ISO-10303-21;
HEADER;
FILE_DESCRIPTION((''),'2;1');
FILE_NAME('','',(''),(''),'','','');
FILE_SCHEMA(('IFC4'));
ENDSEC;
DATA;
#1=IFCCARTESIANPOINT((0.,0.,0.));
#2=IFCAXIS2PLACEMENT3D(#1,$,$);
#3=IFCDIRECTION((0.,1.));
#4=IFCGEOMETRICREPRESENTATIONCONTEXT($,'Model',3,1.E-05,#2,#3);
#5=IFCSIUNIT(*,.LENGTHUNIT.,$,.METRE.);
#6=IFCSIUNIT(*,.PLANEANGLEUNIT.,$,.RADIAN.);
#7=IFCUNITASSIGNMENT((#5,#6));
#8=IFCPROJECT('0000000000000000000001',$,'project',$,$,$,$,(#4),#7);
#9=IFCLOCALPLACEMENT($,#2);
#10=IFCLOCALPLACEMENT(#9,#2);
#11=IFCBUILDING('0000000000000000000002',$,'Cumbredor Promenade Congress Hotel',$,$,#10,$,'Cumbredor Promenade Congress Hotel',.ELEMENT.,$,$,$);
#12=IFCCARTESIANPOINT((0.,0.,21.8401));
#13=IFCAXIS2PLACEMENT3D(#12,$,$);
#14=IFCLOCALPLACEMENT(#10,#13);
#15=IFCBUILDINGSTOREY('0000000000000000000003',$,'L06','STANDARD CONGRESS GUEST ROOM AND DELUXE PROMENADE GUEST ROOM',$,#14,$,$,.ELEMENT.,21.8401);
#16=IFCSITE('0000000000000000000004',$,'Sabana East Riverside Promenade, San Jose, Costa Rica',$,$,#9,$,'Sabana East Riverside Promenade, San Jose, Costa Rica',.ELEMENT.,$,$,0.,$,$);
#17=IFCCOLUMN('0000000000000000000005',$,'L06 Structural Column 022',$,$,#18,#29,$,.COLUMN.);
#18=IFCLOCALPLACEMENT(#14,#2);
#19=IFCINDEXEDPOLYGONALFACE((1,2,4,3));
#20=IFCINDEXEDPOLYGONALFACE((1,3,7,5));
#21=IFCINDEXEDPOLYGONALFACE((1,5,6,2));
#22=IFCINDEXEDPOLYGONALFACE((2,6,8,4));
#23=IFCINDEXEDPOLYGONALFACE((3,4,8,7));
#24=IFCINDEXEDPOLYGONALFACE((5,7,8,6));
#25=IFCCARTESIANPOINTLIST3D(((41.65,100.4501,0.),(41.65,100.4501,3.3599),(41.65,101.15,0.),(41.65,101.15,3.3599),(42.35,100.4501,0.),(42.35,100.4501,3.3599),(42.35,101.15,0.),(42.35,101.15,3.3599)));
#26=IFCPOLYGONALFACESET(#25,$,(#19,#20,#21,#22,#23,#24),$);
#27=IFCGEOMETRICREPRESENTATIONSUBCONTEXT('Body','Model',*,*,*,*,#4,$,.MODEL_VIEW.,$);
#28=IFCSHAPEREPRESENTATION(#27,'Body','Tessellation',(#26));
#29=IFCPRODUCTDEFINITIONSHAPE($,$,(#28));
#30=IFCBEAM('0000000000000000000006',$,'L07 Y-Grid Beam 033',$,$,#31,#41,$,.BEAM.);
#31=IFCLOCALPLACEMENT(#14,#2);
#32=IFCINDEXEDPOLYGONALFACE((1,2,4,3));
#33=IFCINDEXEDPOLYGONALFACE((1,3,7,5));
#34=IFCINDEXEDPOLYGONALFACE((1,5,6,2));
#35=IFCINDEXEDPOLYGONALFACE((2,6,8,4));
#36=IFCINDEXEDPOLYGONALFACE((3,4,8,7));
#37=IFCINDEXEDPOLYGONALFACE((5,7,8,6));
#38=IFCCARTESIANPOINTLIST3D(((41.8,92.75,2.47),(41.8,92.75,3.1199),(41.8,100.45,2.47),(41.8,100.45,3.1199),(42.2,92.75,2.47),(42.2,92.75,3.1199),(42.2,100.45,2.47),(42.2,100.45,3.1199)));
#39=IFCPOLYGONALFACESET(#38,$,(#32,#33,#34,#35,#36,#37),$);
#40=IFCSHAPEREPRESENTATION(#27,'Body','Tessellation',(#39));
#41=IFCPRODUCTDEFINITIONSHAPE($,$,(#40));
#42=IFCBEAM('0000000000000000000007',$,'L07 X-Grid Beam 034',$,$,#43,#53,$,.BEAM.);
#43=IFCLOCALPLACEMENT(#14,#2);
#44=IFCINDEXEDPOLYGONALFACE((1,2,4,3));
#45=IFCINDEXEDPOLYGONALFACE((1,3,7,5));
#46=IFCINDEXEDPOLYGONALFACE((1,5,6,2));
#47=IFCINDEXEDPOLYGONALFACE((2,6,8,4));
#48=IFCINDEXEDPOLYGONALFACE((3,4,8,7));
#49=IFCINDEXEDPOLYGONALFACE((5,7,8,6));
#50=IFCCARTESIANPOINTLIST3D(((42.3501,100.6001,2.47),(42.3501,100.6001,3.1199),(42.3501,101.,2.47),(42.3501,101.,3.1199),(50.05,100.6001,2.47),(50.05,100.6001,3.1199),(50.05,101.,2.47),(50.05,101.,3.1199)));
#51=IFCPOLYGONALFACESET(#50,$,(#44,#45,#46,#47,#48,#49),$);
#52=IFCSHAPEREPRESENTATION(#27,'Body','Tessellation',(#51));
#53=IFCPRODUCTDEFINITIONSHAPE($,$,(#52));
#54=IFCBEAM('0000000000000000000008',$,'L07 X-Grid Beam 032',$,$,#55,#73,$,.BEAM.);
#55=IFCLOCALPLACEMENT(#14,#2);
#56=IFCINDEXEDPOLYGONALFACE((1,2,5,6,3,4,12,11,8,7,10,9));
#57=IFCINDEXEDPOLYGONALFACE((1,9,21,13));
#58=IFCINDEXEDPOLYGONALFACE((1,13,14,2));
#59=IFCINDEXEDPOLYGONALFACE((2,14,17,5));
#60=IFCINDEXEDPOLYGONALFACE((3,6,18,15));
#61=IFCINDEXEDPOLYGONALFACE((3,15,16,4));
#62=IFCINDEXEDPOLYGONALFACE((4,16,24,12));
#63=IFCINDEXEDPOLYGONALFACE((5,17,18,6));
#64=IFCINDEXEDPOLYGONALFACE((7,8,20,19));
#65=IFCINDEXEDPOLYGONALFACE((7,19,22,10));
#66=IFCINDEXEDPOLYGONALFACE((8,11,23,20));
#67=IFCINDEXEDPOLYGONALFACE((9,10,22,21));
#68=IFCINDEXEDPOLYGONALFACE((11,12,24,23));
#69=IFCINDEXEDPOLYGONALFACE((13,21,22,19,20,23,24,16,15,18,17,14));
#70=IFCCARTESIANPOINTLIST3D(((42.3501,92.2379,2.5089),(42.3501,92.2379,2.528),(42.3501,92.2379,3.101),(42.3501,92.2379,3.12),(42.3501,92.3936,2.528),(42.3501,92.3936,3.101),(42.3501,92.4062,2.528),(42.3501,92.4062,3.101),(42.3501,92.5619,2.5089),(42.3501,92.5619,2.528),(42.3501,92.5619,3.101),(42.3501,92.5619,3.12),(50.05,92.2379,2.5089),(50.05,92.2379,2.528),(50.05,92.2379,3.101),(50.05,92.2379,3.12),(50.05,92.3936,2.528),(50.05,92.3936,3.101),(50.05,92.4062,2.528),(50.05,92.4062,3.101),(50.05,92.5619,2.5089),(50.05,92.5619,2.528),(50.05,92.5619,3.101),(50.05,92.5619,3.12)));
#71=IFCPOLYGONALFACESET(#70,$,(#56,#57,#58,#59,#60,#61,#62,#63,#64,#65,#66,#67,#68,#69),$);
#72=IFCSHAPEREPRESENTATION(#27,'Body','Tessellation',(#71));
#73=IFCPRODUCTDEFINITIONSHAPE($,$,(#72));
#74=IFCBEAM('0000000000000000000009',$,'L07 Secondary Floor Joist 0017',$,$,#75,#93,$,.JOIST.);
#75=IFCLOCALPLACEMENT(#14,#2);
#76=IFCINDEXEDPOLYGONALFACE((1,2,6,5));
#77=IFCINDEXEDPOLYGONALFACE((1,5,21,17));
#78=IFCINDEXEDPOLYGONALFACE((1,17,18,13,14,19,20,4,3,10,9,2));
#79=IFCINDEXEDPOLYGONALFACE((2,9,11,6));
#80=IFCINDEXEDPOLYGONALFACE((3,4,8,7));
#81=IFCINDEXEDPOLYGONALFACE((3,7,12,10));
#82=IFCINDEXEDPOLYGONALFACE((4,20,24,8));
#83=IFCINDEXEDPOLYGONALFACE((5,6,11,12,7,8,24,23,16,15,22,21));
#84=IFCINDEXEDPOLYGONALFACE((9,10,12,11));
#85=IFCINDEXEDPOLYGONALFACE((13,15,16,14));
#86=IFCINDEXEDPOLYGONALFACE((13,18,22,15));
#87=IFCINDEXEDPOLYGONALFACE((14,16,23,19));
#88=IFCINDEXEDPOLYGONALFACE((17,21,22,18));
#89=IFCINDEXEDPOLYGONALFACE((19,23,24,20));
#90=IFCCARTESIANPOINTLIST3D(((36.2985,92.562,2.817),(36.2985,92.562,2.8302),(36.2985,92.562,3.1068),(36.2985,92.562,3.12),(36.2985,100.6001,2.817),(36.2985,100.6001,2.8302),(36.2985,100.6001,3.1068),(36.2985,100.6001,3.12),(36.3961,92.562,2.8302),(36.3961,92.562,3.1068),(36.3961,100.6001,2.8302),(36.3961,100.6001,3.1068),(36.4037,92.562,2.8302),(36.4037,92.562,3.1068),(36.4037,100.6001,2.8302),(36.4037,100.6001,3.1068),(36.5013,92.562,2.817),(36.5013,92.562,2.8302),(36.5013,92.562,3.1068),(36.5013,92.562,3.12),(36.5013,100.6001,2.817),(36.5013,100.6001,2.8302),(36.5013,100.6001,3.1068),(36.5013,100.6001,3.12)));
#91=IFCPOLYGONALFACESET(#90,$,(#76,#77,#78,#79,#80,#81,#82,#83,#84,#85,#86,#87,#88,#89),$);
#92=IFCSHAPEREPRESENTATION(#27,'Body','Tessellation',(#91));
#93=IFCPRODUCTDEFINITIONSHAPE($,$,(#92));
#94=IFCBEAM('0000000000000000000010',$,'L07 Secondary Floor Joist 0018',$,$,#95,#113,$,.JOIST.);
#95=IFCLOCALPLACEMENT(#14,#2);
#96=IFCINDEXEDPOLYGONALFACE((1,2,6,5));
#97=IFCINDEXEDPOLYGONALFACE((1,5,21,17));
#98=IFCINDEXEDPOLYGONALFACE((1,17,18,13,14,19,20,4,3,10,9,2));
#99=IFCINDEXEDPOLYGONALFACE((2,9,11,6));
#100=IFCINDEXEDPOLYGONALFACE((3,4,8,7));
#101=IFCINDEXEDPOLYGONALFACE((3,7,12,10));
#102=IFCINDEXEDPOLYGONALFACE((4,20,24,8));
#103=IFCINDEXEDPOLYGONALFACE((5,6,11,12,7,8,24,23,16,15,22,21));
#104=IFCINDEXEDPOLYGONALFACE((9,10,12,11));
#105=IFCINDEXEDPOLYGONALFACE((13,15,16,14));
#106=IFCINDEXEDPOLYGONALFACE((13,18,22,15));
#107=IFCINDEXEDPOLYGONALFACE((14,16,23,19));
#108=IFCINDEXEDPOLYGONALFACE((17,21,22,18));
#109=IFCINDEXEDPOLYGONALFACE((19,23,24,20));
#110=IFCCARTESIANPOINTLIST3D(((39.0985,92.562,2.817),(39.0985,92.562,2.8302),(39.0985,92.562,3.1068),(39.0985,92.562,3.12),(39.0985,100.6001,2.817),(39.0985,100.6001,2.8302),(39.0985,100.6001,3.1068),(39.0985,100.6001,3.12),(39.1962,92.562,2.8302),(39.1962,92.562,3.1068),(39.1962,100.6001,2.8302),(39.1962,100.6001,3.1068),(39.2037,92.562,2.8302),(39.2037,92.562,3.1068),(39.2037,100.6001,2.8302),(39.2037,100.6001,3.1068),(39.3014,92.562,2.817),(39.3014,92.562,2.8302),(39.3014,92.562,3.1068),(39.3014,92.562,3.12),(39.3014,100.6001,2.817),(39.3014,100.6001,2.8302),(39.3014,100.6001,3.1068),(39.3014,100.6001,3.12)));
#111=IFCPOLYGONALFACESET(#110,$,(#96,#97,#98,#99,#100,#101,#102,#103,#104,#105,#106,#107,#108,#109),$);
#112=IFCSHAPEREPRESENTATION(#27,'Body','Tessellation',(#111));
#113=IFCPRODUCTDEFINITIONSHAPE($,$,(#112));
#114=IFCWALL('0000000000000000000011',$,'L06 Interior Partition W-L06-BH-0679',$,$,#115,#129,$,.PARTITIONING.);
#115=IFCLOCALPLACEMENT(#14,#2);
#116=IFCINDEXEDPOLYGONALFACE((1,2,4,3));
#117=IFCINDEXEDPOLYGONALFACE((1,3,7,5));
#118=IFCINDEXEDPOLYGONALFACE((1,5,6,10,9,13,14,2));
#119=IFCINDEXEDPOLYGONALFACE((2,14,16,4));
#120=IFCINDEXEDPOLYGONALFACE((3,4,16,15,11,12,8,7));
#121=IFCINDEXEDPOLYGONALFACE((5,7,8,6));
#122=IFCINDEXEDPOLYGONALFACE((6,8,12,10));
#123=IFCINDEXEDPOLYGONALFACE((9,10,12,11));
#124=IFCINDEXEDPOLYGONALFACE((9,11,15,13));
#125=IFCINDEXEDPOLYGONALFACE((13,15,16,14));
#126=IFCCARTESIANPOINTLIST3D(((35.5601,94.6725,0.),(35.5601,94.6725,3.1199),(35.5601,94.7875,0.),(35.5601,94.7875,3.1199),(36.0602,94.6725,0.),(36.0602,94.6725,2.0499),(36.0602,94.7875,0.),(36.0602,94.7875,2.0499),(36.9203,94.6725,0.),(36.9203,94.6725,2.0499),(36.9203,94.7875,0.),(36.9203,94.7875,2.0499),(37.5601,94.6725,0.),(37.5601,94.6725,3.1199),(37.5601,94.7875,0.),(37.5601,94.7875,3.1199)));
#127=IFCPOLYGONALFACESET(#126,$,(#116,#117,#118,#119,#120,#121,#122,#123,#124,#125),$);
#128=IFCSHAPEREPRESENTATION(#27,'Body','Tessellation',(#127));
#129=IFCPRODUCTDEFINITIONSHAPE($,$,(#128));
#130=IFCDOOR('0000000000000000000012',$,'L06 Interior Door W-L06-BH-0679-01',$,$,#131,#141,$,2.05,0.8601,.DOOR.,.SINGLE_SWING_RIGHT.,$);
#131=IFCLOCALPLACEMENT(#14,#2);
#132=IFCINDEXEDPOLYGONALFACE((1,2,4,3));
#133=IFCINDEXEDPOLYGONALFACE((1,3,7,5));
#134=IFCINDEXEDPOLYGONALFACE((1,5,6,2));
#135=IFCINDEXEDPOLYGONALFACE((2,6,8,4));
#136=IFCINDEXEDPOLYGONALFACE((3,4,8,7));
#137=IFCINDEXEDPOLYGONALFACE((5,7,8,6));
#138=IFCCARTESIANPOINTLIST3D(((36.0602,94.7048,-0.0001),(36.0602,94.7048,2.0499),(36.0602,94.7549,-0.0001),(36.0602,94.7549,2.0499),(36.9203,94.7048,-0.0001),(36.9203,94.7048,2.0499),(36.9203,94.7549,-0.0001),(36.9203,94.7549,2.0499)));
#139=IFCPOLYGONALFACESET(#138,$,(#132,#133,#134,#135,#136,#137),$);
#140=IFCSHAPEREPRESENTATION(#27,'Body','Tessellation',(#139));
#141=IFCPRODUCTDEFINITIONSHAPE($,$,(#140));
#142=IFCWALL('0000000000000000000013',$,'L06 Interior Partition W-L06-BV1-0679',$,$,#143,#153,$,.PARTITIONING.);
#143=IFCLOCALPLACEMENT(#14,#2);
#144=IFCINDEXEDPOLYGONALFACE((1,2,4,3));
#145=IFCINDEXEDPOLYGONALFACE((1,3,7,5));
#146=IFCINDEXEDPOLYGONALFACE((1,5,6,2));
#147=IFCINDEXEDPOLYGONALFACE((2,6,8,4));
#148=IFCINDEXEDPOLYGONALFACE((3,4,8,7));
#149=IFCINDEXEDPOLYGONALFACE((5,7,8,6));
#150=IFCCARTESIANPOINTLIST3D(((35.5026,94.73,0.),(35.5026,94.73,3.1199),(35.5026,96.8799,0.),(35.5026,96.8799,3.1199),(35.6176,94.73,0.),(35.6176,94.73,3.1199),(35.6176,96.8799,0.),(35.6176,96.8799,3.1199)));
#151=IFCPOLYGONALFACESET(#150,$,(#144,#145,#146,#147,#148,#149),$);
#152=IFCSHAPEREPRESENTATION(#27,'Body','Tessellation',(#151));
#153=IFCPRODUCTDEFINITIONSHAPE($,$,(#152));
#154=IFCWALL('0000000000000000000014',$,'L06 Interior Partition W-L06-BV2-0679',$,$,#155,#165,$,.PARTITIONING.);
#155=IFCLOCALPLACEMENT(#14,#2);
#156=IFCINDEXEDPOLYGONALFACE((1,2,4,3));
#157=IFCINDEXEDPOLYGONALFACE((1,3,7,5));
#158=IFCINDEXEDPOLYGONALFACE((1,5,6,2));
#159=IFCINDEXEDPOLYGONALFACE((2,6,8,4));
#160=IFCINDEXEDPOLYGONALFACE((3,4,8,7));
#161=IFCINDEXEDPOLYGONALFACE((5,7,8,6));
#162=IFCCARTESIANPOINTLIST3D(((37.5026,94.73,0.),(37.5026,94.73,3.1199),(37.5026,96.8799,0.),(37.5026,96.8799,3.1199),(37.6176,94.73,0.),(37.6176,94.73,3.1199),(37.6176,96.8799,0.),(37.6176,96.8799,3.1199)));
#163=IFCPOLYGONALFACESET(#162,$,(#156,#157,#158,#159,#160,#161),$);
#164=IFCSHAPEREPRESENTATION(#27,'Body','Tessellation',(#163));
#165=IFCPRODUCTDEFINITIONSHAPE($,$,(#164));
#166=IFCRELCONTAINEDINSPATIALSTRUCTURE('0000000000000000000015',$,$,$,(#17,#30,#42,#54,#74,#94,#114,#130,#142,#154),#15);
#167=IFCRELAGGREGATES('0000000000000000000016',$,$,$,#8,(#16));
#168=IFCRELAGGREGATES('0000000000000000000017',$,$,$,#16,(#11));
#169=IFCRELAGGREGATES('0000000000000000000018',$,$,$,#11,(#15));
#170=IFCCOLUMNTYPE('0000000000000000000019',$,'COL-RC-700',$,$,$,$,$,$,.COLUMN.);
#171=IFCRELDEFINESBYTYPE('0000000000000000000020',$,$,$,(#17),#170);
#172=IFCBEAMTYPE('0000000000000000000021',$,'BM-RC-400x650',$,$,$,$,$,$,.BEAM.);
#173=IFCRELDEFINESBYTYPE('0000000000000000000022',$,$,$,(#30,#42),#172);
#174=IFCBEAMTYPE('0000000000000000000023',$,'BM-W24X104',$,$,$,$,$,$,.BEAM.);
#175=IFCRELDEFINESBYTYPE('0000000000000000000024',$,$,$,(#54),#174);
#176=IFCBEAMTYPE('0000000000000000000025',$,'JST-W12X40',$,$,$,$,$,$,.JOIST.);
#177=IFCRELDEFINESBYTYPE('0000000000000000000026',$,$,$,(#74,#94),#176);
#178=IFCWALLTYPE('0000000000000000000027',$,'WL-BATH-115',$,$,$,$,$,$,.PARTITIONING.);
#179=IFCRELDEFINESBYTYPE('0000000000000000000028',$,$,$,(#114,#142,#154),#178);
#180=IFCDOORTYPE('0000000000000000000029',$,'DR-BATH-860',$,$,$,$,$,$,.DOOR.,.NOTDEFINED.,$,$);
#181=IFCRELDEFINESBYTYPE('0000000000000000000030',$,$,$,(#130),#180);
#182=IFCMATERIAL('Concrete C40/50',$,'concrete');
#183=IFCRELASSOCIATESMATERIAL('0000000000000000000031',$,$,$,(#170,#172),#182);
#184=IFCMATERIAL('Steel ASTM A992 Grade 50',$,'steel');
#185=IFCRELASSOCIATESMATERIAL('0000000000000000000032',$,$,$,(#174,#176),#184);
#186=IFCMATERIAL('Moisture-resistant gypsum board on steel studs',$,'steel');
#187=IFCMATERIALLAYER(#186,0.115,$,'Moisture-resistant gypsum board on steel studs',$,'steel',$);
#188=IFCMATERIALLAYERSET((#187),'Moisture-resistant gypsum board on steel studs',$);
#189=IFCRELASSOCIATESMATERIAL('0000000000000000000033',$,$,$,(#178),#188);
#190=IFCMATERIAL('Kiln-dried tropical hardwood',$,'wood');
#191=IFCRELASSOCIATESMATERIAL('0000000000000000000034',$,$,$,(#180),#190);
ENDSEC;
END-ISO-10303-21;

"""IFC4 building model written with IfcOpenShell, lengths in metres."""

from ifc_helpers import new_model, si_unit, direction, frame, frame_2d, origin, origin_2d, place, context, subcontext, project, spatial, rectangle, i_section, extrude, material, layer, layer_set, material_profile, profile_set, type_object, element, fill, save


model = new_model("IFC4")

# Units and contexts
model_context = context("Model", 3, precision=1e-05, world=origin(), true_north=direction((0.0, 1.0)))
body_context = subcontext(model_context, "Body", "Model", "MODEL_VIEW")
ifc_project = project(units=[si_unit("LENGTHUNIT", "METRE"), si_unit("PLANEANGLEUNIT", "RADIAN")], contexts=[model_context])

# Site, building, storey
site_placement = place(None, origin())
site = spatial("IfcSite", under=ifc_project, at=site_placement, Name="Sabana East Riverside Promenade, San Jose, Costa Rica", LongName="Sabana East Riverside Promenade, San Jose, Costa Rica", CompositionType="ELEMENT", RefElevation=0.0)
building_placement = place(site_placement, origin())
building = spatial("IfcBuilding", under=site, at=building_placement, Name="Cumbredor Promenade Congress Hotel", LongName="Cumbredor Promenade Congress Hotel", CompositionType="ELEMENT")
storey_placement = place(building_placement, frame((0.0, 0.0, 21.8401)))
storey = spatial("IfcBuildingStorey", under=building, at=storey_placement, Name="L06", Description="STANDARD CONGRESS GUEST ROOM AND DELUXE PROMENADE GUEST ROOM", CompositionType="ELEMENT", Elevation=21.8401)

# Column
ifc_material_1 = material(Name="Concrete C40/50", Category="concrete")
ifc_material_profile_1 = material_profile(ifc_material_1, rectangle(XDim=0.7, YDim=0.7, at=origin_2d()), Name="RC 700x700")
ifc_profile_set_1 = profile_set([ifc_material_profile_1], Name="Concrete C40/50")
column_type = type_object("IfcColumnType", Name="COL-RC-700", PredefinedType="COLUMN", material=ifc_profile_set_1)
column_placement = place(storey_placement, frame((42.0, 100.8, 0.0), z_axis=(0.0, 0.0, 1.0), x_axis=(1.0, 0.0, 0.0)))
element("IfcColumn", 1, at=column_placement, inside=storey, type_object=column_type, Name="L06 Structural Column 022", PredefinedType="COLUMN", context=body_context, shape_type="SweptSolid", body=[
    extrude(rectangle(XDim=0.7, YDim=0.7, at=origin_2d()), origin(), (0.0, 0.0, 1.0), 3.3599),
])

# Beams
ifc_material_profile_2 = material_profile(ifc_material_1, rectangle(XDim=0.3999, YDim=0.6499, at=origin_2d()), Name="RC BEAM 400x650")
ifc_profile_set_2 = profile_set([ifc_material_profile_2], Name="Concrete C40/50")
beam_type_1 = type_object("IfcBeamType", Name="BM-RC-400x650", PredefinedType="BEAM", material=ifc_profile_set_2)
for number, where, z_axis, x_axis, name in (
    (2, (42.0, 92.75, 2.7949), (0.0, 1.0, 0.0), (-1.0, 0.0, 0.0), "L07 Y-Grid Beam 033"),
    (3, (42.3501, 100.8, 2.7949), (1.0, 0.0, 0.0), (0.0, 1.0, 0.0), "L07 X-Grid Beam 034"),
):
    element("IfcBeam", number, at=place(storey_placement, frame(where, z_axis=z_axis, x_axis=x_axis)), inside=storey, type_object=beam_type_1, Name=name, PredefinedType="BEAM", context=body_context, shape_type="SweptSolid", body=[
        extrude(rectangle(XDim=0.3999, YDim=0.6499, at=origin_2d()), origin(), (0.0, 0.0, 1.0), 7.7),
    ])
ifc_material_2 = material(Name="Steel ASTM A992 Grade 50", Category="steel")
ifc_material_profile_3 = material_profile(ifc_material_2, i_section(OverallWidth=0.324, OverallDepth=0.6111, WebThickness=0.0127, FlangeThickness=0.019, at=origin_2d()), Name="W24X104")
ifc_profile_set_3 = profile_set([ifc_material_profile_3], Name="Steel ASTM A992 Grade 50")
beam_type_2 = type_object("IfcBeamType", Name="BM-W24X104", PredefinedType="BEAM", material=ifc_profile_set_3)
beam_placement = place(storey_placement, frame((42.3501, 92.3999, 2.8145), z_axis=(1.0, 0.0, 0.0), x_axis=(0.0, 1.0, 0.0)))
element("IfcBeam", 4, at=beam_placement, inside=storey, type_object=beam_type_2, Name="L07 X-Grid Beam 032", PredefinedType="BEAM", context=body_context, shape_type="SweptSolid", body=[
    extrude(i_section(OverallWidth=0.324, OverallDepth=0.6111, WebThickness=0.0127, FlangeThickness=0.019, at=origin_2d()), origin(), (0.0, 0.0, 1.0), 7.7),
])
ifc_material_profile_4 = material_profile(ifc_material_2, i_section(OverallWidth=0.2029, OverallDepth=0.303, WebThickness=0.0076, FlangeThickness=0.0132, at=origin_2d()), Name="W12X40")
ifc_profile_set_4 = profile_set([ifc_material_profile_4], Name="Steel ASTM A992 Grade 50")
beam_type_3 = type_object("IfcBeamType", Name="JST-W12X40", PredefinedType="JOIST", material=ifc_profile_set_4)
for number, where, z_axis, x_axis, name in (
    (5, (36.3999, 92.562, 2.9685), (0.0, 1.0, 0.0), (-1.0, 0.0, 0.0), "L07 Secondary Floor Joist 0017"),
    (6, (39.2, 92.562, 2.9685), (0.0, 1.0, 0.0), (-1.0, 0.0, 0.0), "L07 Secondary Floor Joist 0018"),
):
    element("IfcBeam", number, at=place(storey_placement, frame(where, z_axis=z_axis, x_axis=x_axis)), inside=storey, type_object=beam_type_3, Name=name, PredefinedType="JOIST", context=body_context, shape_type="SweptSolid", body=[
        extrude(i_section(OverallWidth=0.2029, OverallDepth=0.303, WebThickness=0.0076, FlangeThickness=0.0132, at=origin_2d()), origin(), (0.0, 0.0, 1.0), 8.0381),
    ])

# Wall, opening, door
ifc_material_3 = material(Name="Moisture-resistant gypsum board on steel studs", Category="steel")
ifc_layer_1 = layer(ifc_material_3, 0.115, Name="Moisture-resistant gypsum board on steel studs", Category="steel")
ifc_layer_set_1 = layer_set([ifc_layer_1], Name="Moisture-resistant gypsum board on steel studs")
wall_type_1 = type_object("IfcWallType", Name="WL-BATH-115", PredefinedType="PARTITIONING", material=ifc_layer_set_1)
wall_1_placement = place(storey_placement, frame((35.5601, 94.73, 0.0), z_axis=(0.0, 0.0, 1.0), x_axis=(1.0, 0.0, 0.0)))
wall_1 = element("IfcWall", 7, at=wall_1_placement, inside=storey, type_object=wall_type_1, Name="L06 Interior Partition W-L06-BH-0679", PredefinedType="PARTITIONING", context=body_context, shape_type="SweptSolid", body=[
    extrude(rectangle(XDim=2.0, YDim=0.115, at=frame_2d((1.0, 0.0))), origin(), (0.0, 0.0, 1.0), 3.1199),
])
opening_1_placement = place(wall_1_placement, frame((0.5, 0.0, 0.0)))
opening_1 = element("IfcOpeningElement", 8, at=opening_1_placement, cuts=wall_1, PredefinedType="OPENING", context=body_context, shape_type="SweptSolid", body=[
    extrude(rectangle(XDim=0.8601, YDim=2.05, at=frame_2d((0.4302, 1.0249))), frame((0.0, 0.0674, 0.0), z_axis=(0.0, -1.0, 0.0), x_axis=(1.0, 0.0, 0.0)), (0.0, 0.0, 1.0), 0.135),
])
ifc_material_4 = material(Name="Kiln-dried tropical hardwood", Category="wood")
door_type = type_object("IfcDoorType", Name="DR-BATH-860", OperationType="NOTDEFINED", PredefinedType="DOOR", material=ifc_material_4)
door_1_placement = place(opening_1_placement, origin())
door_1 = element("IfcDoor", 9, at=door_1_placement, inside=storey, type_object=door_type, Name="L06 Interior Door W-L06-BH-0679-01", OperationType="SINGLE_SWING_RIGHT", OverallHeight=2.05, OverallWidth=0.8601, PredefinedType="DOOR", context=body_context, shape_type="SweptSolid", body=[
    extrude(rectangle(XDim=0.8601, YDim=2.05, at=frame_2d((0.4302, 1.0249))), frame((0.0, 0.0249, 0.0), z_axis=(0.0, -1.0, 0.0), x_axis=(1.0, 0.0, 0.0)), (0.0, 0.0, 1.0), 0.05),
])
fill(opening_1, door_1)

# Walls
for number, where, z_axis, x_axis, name in (
    (10, (35.5601, 94.73, 0.0), (0.0, 0.0, 1.0), (0.0, 1.0, 0.0), "L06 Interior Partition W-L06-BV1-0679"),
    (11, (37.5601, 94.73, 0.0), (0.0, 0.0, 1.0), (0.0, 1.0, 0.0), "L06 Interior Partition W-L06-BV2-0679"),
):
    element("IfcWall", number, at=place(storey_placement, frame(where, z_axis=z_axis, x_axis=x_axis)), inside=storey, type_object=wall_type_1, Name=name, PredefinedType="PARTITIONING", context=body_context, shape_type="SweptSolid", body=[
        extrude(rectangle(XDim=2.1499, YDim=0.115, at=frame_2d((1.075, 0.0))), origin(), (0.0, 0.0, 1.0), 3.1199),
    ])

save(model, "model.ifc")
